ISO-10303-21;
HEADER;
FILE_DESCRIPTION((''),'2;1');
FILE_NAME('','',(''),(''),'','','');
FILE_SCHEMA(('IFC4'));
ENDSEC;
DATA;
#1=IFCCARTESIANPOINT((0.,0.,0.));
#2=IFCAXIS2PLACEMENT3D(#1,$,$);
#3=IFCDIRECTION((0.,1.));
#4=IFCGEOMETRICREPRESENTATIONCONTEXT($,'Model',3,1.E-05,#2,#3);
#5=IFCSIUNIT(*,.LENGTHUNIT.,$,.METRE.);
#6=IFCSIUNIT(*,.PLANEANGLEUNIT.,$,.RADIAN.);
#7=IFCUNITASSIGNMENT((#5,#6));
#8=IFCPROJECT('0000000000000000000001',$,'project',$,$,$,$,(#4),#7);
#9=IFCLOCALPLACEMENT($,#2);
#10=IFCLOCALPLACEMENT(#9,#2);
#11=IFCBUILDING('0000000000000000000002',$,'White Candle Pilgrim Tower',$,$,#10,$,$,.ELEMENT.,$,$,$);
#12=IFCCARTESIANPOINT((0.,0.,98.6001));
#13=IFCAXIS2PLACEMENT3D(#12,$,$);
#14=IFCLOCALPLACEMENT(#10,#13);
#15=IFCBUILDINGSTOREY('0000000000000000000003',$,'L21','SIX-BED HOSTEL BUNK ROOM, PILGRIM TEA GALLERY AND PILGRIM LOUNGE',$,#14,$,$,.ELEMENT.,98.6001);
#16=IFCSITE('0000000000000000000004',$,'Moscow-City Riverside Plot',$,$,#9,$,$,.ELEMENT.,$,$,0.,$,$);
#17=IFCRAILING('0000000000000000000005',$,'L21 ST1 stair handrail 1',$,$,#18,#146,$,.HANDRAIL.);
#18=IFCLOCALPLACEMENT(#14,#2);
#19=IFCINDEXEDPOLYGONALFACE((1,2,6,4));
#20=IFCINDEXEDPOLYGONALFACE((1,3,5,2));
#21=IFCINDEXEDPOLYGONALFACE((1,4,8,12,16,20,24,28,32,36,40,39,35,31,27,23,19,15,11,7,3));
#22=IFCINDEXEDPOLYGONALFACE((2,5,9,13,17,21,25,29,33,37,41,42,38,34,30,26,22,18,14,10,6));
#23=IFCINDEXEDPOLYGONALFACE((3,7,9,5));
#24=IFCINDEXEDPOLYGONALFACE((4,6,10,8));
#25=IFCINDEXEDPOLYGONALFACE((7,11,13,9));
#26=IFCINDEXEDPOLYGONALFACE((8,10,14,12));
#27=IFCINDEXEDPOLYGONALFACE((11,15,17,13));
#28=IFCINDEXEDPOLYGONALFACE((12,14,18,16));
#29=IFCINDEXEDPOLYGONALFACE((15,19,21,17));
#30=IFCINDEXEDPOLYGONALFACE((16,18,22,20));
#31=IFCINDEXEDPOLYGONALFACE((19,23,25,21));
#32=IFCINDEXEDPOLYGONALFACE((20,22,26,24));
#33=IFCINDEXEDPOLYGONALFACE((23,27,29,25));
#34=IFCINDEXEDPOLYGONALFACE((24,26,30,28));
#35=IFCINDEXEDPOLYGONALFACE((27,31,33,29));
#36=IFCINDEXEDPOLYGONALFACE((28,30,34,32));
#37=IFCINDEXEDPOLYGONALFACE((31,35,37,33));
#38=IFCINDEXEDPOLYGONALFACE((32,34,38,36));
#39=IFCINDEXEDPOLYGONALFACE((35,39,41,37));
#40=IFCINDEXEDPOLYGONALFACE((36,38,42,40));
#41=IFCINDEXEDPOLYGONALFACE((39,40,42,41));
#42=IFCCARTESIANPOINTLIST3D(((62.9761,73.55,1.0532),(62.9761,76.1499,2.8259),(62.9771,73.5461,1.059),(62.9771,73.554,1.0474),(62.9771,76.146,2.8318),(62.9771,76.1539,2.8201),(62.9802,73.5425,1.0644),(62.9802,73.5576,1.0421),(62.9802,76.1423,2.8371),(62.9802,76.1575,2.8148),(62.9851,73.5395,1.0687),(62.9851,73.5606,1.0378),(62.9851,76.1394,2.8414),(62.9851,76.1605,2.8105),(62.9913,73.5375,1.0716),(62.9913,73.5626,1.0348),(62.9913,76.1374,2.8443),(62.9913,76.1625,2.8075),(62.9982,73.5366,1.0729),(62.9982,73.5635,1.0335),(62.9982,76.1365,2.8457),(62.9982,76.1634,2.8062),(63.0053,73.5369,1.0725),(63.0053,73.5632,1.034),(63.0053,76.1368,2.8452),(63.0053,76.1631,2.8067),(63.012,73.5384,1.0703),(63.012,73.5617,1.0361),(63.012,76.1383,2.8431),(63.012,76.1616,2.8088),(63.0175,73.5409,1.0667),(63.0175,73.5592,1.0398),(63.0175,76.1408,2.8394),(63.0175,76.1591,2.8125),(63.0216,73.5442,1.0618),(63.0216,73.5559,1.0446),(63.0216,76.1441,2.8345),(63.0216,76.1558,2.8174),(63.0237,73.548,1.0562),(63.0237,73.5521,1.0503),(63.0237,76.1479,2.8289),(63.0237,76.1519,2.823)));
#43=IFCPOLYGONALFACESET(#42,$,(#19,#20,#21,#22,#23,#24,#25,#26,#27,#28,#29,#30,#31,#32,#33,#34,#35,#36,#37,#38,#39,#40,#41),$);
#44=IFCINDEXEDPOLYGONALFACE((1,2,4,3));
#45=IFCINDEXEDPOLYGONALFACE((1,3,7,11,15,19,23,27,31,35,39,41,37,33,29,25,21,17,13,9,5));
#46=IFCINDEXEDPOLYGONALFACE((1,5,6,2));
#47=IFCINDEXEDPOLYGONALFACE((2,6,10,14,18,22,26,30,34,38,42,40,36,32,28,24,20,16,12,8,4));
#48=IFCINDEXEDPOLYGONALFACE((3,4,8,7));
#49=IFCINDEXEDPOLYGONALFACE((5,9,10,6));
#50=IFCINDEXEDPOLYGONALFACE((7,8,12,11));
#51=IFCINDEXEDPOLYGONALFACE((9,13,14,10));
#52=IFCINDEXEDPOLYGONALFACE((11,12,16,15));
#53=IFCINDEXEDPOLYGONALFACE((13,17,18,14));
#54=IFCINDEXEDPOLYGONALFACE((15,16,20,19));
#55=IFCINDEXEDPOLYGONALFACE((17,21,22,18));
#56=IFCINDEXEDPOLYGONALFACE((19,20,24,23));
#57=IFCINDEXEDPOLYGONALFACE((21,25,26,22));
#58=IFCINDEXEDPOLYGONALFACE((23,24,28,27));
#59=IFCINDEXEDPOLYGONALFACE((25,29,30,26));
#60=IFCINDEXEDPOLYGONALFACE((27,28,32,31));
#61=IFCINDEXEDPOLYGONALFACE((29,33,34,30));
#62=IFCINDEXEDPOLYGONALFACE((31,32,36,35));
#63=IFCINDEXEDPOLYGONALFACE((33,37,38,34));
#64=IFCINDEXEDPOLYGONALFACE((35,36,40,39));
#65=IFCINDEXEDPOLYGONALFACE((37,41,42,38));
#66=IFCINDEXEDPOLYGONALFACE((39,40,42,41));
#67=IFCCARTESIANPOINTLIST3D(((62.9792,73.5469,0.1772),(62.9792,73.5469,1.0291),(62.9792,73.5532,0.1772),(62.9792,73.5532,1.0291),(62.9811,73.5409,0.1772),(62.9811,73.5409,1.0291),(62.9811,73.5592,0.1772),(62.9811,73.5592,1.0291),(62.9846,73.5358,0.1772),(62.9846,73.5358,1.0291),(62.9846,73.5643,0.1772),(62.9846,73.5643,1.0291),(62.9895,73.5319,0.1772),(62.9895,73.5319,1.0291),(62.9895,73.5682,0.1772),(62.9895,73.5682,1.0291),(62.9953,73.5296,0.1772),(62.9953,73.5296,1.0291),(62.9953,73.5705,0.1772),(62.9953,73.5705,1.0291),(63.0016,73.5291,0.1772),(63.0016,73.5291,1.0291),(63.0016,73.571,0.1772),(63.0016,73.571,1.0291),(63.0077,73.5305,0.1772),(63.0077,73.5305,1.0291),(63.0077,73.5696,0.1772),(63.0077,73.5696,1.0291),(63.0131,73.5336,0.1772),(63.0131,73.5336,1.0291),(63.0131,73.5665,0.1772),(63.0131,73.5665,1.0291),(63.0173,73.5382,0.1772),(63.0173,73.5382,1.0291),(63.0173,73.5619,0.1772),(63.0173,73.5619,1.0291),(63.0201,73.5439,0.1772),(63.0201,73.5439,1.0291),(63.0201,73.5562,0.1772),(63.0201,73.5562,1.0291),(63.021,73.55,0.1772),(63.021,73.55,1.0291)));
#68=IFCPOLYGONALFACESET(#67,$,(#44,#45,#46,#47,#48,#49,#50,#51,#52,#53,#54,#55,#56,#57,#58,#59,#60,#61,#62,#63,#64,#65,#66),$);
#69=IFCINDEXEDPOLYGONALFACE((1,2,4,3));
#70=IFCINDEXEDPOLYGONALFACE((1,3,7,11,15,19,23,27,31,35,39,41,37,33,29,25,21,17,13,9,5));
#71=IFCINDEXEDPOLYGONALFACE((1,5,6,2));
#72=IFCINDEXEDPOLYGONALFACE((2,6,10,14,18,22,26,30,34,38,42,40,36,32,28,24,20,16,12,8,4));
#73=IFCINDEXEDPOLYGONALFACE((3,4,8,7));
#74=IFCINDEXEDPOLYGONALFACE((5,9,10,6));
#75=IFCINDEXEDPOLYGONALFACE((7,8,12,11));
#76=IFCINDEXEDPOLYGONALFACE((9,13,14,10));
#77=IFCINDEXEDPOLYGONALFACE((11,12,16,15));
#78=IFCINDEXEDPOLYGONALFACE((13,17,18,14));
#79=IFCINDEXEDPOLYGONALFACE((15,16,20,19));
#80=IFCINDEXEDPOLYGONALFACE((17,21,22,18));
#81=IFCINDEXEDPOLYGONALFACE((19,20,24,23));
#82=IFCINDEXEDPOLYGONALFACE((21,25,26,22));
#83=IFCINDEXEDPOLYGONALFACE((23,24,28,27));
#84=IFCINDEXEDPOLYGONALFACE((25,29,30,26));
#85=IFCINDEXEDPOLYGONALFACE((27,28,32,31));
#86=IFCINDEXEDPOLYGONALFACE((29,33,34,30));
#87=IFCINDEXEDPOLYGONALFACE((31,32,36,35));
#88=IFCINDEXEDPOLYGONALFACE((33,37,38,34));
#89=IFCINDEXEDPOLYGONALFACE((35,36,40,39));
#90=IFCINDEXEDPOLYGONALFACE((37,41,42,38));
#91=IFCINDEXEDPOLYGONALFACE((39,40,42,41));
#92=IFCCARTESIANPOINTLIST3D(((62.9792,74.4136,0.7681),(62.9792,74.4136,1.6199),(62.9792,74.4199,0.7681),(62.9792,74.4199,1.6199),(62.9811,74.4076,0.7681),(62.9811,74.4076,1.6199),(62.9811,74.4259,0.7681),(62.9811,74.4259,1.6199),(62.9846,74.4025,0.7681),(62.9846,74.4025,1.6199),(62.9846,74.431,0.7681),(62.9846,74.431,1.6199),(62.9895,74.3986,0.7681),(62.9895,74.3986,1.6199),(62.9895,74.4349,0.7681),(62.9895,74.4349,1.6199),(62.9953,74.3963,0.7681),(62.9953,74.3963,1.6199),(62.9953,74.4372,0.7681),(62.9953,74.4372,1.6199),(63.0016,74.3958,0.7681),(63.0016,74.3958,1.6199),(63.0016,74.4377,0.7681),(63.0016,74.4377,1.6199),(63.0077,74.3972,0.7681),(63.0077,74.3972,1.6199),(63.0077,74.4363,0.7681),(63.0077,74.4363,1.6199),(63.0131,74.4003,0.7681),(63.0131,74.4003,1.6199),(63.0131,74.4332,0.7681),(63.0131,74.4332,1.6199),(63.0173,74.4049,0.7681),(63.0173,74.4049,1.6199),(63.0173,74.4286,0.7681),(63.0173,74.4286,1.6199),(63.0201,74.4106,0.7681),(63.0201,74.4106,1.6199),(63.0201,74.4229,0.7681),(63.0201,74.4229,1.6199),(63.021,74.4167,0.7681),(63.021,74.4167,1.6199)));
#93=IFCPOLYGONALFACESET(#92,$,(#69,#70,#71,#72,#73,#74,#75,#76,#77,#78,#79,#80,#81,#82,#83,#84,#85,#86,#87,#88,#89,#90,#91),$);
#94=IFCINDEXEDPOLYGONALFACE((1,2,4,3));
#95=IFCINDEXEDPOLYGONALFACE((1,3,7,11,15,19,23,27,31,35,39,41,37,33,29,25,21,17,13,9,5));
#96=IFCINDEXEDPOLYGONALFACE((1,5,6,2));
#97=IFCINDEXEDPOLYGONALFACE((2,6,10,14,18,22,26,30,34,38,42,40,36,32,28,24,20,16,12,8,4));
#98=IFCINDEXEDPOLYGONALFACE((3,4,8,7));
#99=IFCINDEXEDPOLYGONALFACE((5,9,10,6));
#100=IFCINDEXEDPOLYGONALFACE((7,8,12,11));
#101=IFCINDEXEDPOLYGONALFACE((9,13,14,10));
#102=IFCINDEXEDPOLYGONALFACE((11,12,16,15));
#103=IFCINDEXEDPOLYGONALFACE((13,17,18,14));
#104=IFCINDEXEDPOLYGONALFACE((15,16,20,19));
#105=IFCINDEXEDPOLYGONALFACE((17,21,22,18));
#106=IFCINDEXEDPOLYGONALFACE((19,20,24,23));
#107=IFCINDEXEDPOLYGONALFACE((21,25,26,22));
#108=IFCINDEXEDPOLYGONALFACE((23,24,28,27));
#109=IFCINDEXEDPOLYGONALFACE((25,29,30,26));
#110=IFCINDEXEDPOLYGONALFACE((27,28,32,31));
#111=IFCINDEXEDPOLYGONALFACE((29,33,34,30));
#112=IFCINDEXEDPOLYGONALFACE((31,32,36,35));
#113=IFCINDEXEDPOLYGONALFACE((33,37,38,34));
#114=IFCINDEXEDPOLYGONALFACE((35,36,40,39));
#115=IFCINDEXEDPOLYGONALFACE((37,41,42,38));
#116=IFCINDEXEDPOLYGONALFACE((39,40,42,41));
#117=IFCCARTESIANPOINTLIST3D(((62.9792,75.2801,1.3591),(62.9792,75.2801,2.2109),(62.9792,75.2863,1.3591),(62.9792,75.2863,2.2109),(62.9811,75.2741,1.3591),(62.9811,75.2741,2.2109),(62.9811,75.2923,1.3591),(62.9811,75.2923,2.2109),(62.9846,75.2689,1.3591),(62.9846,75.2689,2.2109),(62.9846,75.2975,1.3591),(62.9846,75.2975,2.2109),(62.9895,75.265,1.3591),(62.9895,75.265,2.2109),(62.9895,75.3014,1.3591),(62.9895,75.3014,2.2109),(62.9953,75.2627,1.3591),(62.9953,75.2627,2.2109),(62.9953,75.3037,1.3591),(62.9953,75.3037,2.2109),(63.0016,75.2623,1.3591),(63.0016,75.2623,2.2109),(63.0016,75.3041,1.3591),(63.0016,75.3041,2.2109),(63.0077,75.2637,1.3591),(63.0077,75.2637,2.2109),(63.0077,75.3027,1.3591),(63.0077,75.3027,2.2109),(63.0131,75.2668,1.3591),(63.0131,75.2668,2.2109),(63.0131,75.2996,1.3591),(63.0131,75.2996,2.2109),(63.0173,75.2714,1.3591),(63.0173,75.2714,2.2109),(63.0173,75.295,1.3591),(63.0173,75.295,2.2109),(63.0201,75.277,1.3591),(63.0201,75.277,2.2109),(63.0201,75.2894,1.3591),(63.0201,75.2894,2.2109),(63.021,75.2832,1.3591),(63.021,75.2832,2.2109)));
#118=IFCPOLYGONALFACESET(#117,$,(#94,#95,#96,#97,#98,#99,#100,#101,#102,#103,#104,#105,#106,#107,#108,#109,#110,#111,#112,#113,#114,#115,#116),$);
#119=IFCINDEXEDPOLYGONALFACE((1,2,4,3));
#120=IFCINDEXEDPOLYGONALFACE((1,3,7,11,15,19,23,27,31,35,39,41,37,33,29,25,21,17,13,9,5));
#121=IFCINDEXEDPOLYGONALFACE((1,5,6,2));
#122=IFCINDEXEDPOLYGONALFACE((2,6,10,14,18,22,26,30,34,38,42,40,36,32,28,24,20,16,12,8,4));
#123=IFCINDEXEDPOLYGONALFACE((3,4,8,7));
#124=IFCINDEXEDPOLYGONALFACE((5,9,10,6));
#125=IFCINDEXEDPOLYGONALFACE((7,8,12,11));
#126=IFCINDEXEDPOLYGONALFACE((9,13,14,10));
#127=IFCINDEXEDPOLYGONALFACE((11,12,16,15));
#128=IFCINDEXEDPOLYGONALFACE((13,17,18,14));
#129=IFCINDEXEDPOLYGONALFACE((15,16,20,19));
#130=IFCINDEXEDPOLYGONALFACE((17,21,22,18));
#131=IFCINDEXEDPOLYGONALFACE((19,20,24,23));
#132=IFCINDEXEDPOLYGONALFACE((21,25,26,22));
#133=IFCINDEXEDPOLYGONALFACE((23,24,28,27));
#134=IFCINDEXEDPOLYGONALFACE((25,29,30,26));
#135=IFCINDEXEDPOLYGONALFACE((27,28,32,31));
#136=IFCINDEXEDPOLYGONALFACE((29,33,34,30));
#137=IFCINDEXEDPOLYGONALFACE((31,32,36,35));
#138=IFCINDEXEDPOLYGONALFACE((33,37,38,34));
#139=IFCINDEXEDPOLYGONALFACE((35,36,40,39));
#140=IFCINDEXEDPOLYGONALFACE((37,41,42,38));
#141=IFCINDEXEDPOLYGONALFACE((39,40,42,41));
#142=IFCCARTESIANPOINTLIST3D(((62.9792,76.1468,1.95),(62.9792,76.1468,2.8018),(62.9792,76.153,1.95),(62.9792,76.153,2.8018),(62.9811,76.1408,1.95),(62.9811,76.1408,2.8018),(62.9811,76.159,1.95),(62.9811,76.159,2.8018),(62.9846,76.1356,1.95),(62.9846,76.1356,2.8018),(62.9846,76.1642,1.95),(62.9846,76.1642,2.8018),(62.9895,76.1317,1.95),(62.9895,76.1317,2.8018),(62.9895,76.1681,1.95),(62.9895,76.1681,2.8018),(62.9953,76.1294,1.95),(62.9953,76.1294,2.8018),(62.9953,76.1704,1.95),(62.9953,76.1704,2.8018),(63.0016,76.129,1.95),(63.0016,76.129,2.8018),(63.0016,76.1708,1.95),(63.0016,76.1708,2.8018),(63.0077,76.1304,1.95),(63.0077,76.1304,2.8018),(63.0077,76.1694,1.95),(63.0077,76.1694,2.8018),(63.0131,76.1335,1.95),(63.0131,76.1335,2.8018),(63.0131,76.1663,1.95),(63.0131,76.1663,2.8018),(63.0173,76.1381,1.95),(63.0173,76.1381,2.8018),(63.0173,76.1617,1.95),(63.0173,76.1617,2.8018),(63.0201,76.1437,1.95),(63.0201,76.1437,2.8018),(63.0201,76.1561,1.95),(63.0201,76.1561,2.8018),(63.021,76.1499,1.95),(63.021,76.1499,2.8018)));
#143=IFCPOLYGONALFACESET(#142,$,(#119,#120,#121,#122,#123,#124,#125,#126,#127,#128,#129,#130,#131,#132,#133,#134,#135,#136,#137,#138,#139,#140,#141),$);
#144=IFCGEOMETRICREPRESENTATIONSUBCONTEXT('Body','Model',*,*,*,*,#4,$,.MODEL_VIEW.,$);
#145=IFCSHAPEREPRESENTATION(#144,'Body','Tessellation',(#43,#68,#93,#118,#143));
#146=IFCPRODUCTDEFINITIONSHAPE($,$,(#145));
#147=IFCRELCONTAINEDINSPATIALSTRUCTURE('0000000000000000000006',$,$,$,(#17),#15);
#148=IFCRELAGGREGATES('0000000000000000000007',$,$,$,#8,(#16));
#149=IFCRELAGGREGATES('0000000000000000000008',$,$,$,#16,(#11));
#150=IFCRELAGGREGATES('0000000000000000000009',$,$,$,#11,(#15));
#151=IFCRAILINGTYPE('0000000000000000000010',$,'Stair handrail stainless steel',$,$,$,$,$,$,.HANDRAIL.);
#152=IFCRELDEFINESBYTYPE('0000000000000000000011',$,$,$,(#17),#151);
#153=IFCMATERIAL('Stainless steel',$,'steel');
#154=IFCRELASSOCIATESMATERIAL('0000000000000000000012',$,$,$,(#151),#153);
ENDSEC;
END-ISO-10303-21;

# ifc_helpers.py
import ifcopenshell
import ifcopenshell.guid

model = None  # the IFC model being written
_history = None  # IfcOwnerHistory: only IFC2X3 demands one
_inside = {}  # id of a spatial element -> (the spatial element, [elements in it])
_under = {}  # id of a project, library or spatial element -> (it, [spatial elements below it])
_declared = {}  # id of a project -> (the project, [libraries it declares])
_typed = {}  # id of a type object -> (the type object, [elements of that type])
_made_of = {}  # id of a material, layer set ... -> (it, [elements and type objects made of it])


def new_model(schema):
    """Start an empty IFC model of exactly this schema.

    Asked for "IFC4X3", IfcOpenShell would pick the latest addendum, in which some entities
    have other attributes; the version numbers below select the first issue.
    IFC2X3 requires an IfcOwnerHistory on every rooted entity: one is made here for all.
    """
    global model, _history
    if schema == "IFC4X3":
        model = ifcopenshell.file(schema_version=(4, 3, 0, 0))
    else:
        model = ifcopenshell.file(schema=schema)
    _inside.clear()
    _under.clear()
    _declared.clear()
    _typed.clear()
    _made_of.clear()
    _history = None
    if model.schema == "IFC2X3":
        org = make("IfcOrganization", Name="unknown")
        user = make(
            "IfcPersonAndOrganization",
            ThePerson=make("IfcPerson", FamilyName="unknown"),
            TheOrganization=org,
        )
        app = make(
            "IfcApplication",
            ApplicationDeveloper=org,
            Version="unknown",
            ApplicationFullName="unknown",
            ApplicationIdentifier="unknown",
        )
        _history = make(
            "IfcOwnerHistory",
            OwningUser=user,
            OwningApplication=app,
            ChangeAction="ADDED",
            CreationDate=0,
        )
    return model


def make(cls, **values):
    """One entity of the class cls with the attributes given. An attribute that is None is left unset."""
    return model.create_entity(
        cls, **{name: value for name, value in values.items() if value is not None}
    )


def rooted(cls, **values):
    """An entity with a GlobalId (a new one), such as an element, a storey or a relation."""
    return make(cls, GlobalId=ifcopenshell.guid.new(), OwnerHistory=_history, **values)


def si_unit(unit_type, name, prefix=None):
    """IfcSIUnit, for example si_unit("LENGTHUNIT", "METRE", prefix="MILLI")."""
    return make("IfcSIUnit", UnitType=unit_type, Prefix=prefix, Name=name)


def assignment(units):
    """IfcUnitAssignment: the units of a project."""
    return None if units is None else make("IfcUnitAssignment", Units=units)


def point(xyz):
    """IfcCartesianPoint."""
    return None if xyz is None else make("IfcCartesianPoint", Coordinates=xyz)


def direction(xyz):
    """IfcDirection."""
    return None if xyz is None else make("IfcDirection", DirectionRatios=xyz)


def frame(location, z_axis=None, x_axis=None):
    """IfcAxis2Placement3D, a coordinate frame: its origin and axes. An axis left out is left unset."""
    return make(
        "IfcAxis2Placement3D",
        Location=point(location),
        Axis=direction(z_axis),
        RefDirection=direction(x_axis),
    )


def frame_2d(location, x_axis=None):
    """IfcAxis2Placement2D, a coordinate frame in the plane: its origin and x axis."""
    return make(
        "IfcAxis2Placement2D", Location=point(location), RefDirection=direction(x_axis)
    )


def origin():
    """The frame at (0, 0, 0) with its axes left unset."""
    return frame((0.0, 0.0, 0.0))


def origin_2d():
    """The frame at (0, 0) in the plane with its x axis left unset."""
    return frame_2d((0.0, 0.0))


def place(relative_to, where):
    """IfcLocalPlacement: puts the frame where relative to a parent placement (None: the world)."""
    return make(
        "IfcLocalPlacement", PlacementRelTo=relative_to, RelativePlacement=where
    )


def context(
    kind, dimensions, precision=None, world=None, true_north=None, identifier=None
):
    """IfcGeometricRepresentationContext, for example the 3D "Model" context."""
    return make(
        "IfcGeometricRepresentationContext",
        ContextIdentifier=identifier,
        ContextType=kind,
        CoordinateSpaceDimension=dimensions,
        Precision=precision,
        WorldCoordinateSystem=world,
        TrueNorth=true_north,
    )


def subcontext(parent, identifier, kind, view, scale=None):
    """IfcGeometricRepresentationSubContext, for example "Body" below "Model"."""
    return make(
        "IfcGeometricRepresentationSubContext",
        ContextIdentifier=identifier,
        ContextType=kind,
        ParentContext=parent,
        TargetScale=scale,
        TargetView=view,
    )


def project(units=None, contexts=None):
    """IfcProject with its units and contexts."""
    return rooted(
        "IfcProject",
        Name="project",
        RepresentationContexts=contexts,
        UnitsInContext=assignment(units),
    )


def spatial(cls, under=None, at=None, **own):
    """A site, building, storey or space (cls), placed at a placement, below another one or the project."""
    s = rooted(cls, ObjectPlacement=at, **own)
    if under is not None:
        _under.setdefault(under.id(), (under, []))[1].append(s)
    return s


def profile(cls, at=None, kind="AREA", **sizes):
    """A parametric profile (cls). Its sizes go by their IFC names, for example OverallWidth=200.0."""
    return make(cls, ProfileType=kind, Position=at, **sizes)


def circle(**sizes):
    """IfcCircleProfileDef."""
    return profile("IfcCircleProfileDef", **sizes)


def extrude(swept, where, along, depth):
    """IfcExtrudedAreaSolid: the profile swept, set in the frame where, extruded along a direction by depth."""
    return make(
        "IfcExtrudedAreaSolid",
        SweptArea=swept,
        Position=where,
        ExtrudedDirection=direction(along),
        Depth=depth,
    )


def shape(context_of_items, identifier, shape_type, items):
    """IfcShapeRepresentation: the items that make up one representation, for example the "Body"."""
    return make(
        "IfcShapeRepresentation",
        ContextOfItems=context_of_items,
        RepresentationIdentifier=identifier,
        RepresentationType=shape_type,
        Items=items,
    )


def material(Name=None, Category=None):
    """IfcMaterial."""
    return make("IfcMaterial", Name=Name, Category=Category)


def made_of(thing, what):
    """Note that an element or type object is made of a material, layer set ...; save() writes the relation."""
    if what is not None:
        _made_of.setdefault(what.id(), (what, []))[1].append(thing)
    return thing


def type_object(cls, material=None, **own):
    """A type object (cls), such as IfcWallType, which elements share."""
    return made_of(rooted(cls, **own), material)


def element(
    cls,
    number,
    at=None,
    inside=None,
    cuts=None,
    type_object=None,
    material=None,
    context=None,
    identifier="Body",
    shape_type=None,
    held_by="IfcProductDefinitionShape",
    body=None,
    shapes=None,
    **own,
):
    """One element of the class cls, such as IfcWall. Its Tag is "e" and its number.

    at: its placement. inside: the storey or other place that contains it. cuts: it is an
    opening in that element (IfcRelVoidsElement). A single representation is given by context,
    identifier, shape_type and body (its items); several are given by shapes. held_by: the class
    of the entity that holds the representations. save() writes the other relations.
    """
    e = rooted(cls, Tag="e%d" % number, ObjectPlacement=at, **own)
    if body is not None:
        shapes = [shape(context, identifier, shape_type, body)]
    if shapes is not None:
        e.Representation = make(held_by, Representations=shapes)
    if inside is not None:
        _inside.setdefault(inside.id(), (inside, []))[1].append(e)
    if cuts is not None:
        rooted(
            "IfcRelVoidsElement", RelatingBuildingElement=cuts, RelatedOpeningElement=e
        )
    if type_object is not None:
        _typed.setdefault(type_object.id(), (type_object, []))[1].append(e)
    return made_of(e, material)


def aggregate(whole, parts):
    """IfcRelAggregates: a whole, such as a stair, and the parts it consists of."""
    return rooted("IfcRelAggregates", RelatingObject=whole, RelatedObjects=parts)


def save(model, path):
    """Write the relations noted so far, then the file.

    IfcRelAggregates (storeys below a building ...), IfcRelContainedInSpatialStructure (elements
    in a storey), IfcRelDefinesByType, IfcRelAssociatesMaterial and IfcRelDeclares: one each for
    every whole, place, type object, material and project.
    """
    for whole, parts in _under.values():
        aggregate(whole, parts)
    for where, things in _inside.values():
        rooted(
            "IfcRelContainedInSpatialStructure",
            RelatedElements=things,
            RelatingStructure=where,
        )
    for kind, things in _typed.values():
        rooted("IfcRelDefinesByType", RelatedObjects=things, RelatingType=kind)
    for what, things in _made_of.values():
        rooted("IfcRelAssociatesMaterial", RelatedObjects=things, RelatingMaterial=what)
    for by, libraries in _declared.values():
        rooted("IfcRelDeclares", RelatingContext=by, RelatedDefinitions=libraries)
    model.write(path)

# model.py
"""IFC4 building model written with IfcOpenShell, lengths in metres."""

from ifc_helpers import new_model, si_unit, direction, frame, origin, origin_2d, place, context, subcontext, project, spatial, circle, extrude, material, type_object, element, save


model = new_model("IFC4")

# Units and contexts
model_context = context("Model", 3, precision=1e-05, world=origin(), true_north=direction((0.0, 1.0)))
body_context = subcontext(model_context, "Body", "Model", "MODEL_VIEW")
ifc_project = project(units=[si_unit("LENGTHUNIT", "METRE"), si_unit("PLANEANGLEUNIT", "RADIAN")], contexts=[model_context])

# Site, building, storey
site_placement = place(None, origin())
site = spatial("IfcSite", under=ifc_project, at=site_placement, Name="Moscow-City Riverside Plot", CompositionType="ELEMENT", RefElevation=0.0)
building_placement = place(site_placement, origin())
building = spatial("IfcBuilding", under=site, at=building_placement, Name="White Candle Pilgrim Tower", CompositionType="ELEMENT")
storey_placement = place(building_placement, frame((0.0, 0.0, 98.6001)))
storey = spatial("IfcBuildingStorey", under=building, at=storey_placement, Name="L21", Description="SIX-BED HOSTEL BUNK ROOM, PILGRIM TEA GALLERY AND PILGRIM LOUNGE", CompositionType="ELEMENT", Elevation=98.6001)

# Shared definitions
ifc_material_1 = material(Name="Stainless steel", Category="steel")

# Railing
railing_type_1 = type_object("IfcRailingType", Name="Stair handrail stainless steel", PredefinedType="HANDRAIL", material=ifc_material_1)
railing_1_placement = place(storey_placement, frame((63.0, 73.55, 0.1772)))
element("IfcRailing", 1, at=railing_1_placement, inside=storey, type_object=railing_type_1, Name="L21 ST1 stair handrail 1", PredefinedType="HANDRAIL", context=body_context, shape_type="SweptSolid", body=[
    extrude(circle(Radius=0.0239, at=origin_2d()), frame((0.0, 0.0, 0.876), z_axis=(0.0, 0.826216, 0.563354), x_axis=(-1.0, 0.0, 0.0)), (0.0, 0.0, 1.0), 3.1467),
    extrude(circle(Radius=0.021, at=origin_2d()), origin(), (0.0, 0.0, 1.0), 0.8518),
    extrude(circle(Radius=0.021, at=origin_2d()), frame((0.0, 0.8667, 0.5908)), (0.0, 0.0, 1.0), 0.8518),
    extrude(circle(Radius=0.021, at=origin_2d()), frame((0.0, 1.7332, 1.1819)), (0.0, 0.0, 1.0), 0.8518),
    extrude(circle(Radius=0.021, at=origin_2d()), frame((0.0, 2.5999, 1.7727)), (0.0, 0.0, 1.0), 0.8518),
])

save(model, "model.ifc")
